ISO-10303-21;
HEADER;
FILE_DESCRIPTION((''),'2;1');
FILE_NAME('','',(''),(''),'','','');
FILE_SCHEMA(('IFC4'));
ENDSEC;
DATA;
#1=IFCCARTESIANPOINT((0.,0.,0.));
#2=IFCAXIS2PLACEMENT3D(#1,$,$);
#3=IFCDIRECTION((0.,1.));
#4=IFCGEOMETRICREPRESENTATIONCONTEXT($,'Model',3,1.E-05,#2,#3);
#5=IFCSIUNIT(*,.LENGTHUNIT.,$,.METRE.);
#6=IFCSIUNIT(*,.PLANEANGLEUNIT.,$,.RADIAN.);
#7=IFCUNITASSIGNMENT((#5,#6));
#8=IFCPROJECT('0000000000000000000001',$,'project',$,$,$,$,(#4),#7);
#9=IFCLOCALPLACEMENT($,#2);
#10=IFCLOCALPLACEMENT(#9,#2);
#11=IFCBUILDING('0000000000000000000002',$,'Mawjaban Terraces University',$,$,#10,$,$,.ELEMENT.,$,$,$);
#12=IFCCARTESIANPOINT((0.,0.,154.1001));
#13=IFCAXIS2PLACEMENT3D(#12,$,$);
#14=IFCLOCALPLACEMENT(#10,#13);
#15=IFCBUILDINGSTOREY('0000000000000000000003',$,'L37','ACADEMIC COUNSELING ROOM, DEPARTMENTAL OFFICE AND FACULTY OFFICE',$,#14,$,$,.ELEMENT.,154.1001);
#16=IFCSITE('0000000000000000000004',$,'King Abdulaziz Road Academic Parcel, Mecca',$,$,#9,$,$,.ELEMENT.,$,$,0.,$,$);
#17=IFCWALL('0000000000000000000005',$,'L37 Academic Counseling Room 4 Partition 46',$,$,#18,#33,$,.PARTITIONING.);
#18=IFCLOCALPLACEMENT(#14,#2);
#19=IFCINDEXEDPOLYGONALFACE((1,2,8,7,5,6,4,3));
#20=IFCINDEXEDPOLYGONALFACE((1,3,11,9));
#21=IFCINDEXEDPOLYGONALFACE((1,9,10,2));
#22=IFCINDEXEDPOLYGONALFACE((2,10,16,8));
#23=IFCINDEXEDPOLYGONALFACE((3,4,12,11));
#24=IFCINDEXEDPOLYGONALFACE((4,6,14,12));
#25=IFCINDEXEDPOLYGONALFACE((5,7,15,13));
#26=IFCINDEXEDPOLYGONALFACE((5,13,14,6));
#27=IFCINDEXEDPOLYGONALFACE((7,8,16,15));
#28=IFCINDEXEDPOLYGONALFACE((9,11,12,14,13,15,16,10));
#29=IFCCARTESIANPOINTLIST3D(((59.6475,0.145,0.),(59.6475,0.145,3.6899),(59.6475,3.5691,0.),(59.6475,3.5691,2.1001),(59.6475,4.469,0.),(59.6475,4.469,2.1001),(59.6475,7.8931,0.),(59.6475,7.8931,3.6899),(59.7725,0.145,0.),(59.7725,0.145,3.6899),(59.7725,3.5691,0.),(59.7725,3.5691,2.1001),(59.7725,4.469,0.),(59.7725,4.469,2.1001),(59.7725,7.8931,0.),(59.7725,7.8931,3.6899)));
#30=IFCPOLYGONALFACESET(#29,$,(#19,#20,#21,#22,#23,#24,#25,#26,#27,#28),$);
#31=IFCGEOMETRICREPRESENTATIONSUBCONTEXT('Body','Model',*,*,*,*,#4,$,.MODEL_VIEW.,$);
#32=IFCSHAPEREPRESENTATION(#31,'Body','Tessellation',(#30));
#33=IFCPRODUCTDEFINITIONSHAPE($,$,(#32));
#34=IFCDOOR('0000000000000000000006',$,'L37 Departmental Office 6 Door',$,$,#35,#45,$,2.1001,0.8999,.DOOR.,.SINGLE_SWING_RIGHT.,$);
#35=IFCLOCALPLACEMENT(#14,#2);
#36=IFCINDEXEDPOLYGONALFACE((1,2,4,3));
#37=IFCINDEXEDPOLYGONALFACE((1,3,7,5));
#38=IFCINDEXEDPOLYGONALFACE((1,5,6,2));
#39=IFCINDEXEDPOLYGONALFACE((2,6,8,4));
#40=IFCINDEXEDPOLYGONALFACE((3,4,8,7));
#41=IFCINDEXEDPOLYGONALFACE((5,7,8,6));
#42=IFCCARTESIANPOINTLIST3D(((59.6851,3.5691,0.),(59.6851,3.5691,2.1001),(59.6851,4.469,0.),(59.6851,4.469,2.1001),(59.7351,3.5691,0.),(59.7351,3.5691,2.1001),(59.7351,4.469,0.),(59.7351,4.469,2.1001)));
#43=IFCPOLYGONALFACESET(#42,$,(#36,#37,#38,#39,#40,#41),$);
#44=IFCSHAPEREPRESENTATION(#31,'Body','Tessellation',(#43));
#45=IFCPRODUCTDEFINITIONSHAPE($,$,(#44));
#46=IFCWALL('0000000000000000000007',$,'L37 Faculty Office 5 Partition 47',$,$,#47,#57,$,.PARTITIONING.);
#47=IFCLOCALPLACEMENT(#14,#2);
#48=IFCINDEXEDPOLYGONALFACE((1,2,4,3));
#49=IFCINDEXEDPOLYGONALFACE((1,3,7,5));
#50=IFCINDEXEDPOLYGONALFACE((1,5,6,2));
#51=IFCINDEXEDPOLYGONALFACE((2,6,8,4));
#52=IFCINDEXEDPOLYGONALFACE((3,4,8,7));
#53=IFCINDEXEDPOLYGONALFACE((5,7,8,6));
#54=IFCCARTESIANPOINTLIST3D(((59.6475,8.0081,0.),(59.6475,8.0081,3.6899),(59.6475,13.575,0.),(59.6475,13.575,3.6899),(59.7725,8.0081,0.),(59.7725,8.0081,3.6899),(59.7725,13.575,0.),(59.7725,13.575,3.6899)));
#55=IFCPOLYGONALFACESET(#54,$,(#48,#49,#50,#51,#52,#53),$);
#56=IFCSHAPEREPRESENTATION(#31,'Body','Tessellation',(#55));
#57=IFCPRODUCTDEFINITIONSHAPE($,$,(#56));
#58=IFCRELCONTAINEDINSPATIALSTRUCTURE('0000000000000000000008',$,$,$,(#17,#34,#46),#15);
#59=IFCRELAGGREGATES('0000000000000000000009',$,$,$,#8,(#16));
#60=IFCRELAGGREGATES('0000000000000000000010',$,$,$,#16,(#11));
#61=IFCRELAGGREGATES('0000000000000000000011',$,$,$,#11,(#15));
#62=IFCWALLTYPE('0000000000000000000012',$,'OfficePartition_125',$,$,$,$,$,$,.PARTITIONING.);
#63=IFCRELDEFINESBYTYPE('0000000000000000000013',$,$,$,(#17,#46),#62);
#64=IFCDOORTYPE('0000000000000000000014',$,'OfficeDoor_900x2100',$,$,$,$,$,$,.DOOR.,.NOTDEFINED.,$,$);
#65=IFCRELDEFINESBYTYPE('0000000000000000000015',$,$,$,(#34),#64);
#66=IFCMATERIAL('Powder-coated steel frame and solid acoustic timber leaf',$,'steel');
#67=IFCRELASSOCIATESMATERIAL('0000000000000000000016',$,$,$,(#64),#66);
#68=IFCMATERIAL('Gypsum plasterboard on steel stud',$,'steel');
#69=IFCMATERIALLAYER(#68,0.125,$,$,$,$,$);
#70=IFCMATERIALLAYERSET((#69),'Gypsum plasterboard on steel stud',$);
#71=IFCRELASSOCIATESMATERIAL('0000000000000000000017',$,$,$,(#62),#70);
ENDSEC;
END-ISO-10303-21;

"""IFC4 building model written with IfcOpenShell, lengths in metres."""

from ifc_helpers import new_model, si_unit, direction, frame, frame_2d, origin, place, context, subcontext, project, spatial, rectangle, extrude, material, layer, layer_set, type_object, element, fill, save


model = new_model("IFC4")

# Units and contexts
model_context = context("Model", 3, precision=1e-05, world=origin(), true_north=direction((0.0, 1.0)))
body_context = subcontext(model_context, "Body", "Model", "MODEL_VIEW")
ifc_project = project(units=[si_unit("LENGTHUNIT", "METRE"), si_unit("PLANEANGLEUNIT", "RADIAN")], contexts=[model_context])

# Site, building, storey
site_placement = place(None, origin())
site = spatial("IfcSite", under=ifc_project, at=site_placement, Name="King Abdulaziz Road Academic Parcel, Mecca", CompositionType="ELEMENT", RefElevation=0.0)
building_placement = place(site_placement, origin())
building = spatial("IfcBuilding", under=site, at=building_placement, Name="Mawjaban Terraces University", CompositionType="ELEMENT")
storey_placement = place(building_placement, frame((0.0, 0.0, 154.1001)))
storey = spatial("IfcBuildingStorey", under=building, at=storey_placement, Name="L37", Description="ACADEMIC COUNSELING ROOM, DEPARTMENTAL OFFICE AND FACULTY OFFICE", CompositionType="ELEMENT", Elevation=154.1001)

# Shared definitions
ifc_material_1 = material(Name="Powder-coated steel frame and solid acoustic timber leaf", Category="steel")
door_type = type_object("IfcDoorType", Name="OfficeDoor_900x2100", OperationType="NOTDEFINED", PredefinedType="DOOR", material=ifc_material_1)

# Shared definitions
ifc_material_2 = material(Name="Gypsum plasterboard on steel stud", Category="steel")
ifc_layer_1 = layer(ifc_material_2, 0.125)
ifc_layer_set_1 = layer_set([ifc_layer_1], Name="Gypsum plasterboard on steel stud")
wall_type_1 = type_object("IfcWallType", Name="OfficePartition_125", PredefinedType="PARTITIONING", material=ifc_layer_set_1)

# Wall, opening, door
wall_1_placement = place(storey_placement, frame((59.71, 0.145, 0.0), z_axis=(0.0, 0.0, 1.0), x_axis=(0.0, 1.0, 0.0)))
wall_1 = element("IfcWall", 1, at=wall_1_placement, inside=storey, type_object=wall_type_1, Name="L37 Academic Counseling Room 4 Partition 46", PredefinedType="PARTITIONING", context=body_context, shape_type="SweptSolid", body=[
    extrude(rectangle(XDim=7.748, YDim=0.125, at=frame_2d((3.874, 0.0))), origin(), (0.0, 0.0, 1.0), 3.6899),
])
opening_1_placement = place(wall_1_placement, frame((3.4241, 0.0, 0.0)))
opening_1 = element("IfcOpeningElement", 2, at=opening_1_placement, cuts=wall_1, PredefinedType="OPENING", context=body_context, shape_type="SweptSolid", body=[
    extrude(rectangle(XDim=0.8999, YDim=2.1001, at=frame_2d((0.45, 1.05))), frame((0.0, 0.0725, 0.0), z_axis=(0.0, -1.0, 0.0), x_axis=(1.0, 0.0, 0.0)), (0.0, 0.0, 1.0), 0.145),
])
door_1_placement = place(opening_1_placement, origin())
door_1 = element("IfcDoor", 3, at=door_1_placement, inside=storey, type_object=door_type, Name="L37 Departmental Office 6 Door", OperationType="SINGLE_SWING_RIGHT", OverallHeight=2.1001, OverallWidth=0.8999, PredefinedType="DOOR", context=body_context, shape_type="SweptSolid", body=[
    extrude(rectangle(XDim=0.8999, YDim=2.1001, at=frame_2d((0.45, 1.05))), frame((0.0, 0.0249, 0.0), z_axis=(0.0, -1.0, 0.0), x_axis=(1.0, 0.0, 0.0)), (0.0, 0.0, 1.0), 0.05),
])
fill(opening_1, door_1)

# Wall
wall_2_placement = place(storey_placement, frame((59.71, 8.0081, 0.0), z_axis=(0.0, 0.0, 1.0), x_axis=(0.0, 1.0, 0.0)))
element("IfcWall", 4, at=wall_2_placement, inside=storey, type_object=wall_type_1, Name="L37 Faculty Office 5 Partition 47", PredefinedType="PARTITIONING", context=body_context, shape_type="SweptSolid", body=[
    extrude(rectangle(XDim=5.5669, YDim=0.125, at=frame_2d((2.7834, 0.0))), origin(), (0.0, 0.0, 1.0), 3.6899),
])

save(model, "model.ifc")
